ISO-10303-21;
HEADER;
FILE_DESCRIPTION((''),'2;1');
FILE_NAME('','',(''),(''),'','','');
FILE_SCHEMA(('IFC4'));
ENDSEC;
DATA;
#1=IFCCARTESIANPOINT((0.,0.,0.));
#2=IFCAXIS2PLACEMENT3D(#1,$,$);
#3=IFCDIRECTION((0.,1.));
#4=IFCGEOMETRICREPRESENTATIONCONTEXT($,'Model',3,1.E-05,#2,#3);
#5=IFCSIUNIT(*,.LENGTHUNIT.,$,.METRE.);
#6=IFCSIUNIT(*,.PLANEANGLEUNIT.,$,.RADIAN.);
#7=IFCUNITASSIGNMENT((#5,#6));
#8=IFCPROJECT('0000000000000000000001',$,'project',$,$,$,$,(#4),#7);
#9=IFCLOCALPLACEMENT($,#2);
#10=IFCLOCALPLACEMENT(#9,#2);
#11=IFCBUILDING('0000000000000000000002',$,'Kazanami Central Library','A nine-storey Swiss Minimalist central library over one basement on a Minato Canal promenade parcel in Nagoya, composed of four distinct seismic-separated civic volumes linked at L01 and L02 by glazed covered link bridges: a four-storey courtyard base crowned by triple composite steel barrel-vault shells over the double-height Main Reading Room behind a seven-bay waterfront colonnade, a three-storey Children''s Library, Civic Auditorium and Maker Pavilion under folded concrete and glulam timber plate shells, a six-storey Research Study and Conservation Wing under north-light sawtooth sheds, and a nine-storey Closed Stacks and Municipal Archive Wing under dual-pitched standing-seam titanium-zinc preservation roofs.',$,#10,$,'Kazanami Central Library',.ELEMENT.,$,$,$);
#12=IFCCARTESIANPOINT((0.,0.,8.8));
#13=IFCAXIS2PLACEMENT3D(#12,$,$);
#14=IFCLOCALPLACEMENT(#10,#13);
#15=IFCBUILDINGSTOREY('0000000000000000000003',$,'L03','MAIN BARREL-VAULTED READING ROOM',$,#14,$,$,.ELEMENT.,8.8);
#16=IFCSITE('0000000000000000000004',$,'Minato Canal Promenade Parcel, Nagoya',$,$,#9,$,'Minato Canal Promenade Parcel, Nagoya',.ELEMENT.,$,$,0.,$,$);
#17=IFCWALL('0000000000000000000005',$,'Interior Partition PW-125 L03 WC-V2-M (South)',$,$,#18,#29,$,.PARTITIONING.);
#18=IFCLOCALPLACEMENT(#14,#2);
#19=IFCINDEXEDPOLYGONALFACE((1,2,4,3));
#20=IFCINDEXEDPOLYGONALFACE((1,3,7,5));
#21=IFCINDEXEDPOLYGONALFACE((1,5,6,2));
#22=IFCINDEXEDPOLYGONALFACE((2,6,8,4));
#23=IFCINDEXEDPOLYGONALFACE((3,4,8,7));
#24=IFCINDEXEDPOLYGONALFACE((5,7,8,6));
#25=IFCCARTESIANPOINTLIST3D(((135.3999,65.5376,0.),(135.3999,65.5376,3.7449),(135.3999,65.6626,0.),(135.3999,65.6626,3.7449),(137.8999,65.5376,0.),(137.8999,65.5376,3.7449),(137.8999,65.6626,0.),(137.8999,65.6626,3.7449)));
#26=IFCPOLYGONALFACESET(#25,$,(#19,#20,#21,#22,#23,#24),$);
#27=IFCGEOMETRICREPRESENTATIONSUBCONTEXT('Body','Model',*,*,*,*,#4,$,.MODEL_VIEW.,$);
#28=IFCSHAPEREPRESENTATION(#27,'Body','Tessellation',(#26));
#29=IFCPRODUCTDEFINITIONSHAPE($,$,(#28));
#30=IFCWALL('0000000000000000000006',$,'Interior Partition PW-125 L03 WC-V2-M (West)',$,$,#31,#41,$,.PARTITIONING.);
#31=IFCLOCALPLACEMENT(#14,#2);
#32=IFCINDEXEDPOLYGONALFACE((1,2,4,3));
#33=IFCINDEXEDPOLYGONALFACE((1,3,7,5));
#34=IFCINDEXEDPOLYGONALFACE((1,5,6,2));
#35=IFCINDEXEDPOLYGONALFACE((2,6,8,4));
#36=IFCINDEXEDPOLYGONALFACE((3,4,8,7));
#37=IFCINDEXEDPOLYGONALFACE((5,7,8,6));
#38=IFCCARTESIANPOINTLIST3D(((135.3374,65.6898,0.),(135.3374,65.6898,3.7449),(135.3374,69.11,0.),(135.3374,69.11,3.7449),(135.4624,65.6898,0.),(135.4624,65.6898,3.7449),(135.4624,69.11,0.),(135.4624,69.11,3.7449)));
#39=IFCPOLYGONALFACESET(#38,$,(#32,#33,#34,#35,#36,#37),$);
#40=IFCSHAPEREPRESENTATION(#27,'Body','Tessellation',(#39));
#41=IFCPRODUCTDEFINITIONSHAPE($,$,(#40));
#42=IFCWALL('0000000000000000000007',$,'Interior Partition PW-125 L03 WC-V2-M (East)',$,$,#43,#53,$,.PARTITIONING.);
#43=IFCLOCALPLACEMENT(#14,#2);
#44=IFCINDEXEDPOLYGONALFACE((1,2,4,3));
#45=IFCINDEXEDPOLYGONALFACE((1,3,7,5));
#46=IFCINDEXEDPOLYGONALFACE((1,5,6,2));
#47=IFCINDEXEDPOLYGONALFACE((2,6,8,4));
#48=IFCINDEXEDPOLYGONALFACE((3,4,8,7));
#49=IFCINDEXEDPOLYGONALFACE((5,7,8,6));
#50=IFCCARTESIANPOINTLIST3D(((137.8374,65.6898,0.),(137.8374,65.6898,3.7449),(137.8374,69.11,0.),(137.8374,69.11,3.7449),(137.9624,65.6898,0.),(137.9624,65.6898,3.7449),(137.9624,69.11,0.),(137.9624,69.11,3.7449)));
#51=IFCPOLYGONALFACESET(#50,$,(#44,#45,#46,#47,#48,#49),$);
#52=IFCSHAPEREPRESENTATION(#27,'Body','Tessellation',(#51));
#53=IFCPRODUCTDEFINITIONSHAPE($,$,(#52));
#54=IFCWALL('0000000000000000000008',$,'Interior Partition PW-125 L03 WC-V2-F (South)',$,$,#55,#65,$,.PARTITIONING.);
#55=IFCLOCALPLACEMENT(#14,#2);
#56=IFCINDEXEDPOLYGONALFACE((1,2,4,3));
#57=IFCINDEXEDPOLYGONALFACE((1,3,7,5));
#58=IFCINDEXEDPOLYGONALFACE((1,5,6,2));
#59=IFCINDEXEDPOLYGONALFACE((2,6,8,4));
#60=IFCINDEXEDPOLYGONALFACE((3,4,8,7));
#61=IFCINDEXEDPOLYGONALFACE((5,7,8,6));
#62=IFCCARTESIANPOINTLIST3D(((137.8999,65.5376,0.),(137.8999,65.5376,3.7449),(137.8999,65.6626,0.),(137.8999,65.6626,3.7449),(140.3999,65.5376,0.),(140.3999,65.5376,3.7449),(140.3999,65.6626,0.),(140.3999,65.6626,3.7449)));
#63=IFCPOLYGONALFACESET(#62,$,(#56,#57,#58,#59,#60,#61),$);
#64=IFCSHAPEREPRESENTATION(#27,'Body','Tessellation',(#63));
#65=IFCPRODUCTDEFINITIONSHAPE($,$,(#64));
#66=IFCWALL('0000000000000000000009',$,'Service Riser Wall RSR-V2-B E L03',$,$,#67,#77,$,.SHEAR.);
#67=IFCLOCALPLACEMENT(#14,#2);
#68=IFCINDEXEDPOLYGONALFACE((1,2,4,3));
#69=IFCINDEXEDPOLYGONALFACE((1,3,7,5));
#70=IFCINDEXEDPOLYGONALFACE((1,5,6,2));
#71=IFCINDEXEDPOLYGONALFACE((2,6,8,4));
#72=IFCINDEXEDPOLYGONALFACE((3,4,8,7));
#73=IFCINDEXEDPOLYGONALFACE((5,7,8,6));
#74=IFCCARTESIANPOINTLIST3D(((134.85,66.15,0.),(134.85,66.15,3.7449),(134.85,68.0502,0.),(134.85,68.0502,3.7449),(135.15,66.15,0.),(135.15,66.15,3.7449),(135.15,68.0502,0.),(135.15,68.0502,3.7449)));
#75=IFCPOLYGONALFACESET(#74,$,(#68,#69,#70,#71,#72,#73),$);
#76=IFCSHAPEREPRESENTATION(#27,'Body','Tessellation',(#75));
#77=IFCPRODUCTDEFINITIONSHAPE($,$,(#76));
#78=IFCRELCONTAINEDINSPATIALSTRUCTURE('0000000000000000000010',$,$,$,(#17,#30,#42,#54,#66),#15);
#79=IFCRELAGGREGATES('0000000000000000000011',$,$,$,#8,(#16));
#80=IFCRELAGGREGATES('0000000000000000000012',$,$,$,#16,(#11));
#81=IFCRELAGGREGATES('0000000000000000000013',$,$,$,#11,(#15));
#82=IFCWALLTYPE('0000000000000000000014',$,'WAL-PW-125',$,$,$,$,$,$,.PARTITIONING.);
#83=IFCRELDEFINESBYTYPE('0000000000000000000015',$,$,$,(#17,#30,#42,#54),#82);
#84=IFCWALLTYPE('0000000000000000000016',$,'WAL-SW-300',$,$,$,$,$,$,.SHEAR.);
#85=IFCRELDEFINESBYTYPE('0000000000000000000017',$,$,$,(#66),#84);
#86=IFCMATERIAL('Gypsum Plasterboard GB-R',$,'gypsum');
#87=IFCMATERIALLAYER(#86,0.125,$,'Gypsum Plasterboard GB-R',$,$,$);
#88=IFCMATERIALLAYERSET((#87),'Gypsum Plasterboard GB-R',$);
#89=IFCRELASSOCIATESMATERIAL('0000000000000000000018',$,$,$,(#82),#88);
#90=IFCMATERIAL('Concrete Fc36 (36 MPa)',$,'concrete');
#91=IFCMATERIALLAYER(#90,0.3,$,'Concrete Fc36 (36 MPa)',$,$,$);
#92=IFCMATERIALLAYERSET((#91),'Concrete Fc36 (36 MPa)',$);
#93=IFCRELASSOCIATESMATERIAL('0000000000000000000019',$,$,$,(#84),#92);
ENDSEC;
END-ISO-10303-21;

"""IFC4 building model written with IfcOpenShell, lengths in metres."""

from ifc_helpers import new_model, si_unit, direction, frame, frame_2d, origin, place, context, subcontext, project, spatial, rectangle, extrude, material, layer, layer_set, type_object, element, save


model = new_model("IFC4")

# Units and contexts
model_context = context("Model", 3, precision=1e-05, world=origin(), true_north=direction((0.0, 1.0)))
body_context = subcontext(model_context, "Body", "Model", "MODEL_VIEW")
ifc_project = project(units=[si_unit("LENGTHUNIT", "METRE"), si_unit("PLANEANGLEUNIT", "RADIAN")], contexts=[model_context])

# Site, building, storey
site_placement = place(None, origin())
site = spatial("IfcSite", under=ifc_project, at=site_placement, Name="Minato Canal Promenade Parcel, Nagoya", LongName="Minato Canal Promenade Parcel, Nagoya", CompositionType="ELEMENT", RefElevation=0.0)
building_placement = place(site_placement, origin())
building = spatial("IfcBuilding", under=site, at=building_placement, Name="Kazanami Central Library", Description="A nine-storey Swiss Minimalist central library over one basement on a Minato Canal promenade parcel in Nagoya, composed of four distinct seismic-separated civic volumes linked at L01 and L02 by glazed covered link bridges: a four-storey courtyard base crowned by triple composite steel barrel-vault shells over the double-height Main Reading Room behind a seven-bay waterfront colonnade, a three-storey Children's Library, Civic Auditorium and Maker Pavilion under folded concrete and glulam timber plate shells, a six-storey Research Study and Conservation Wing under north-light sawtooth sheds, and a nine-storey Closed Stacks and Municipal Archive Wing under dual-pitched standing-seam titanium-zinc preservation roofs.", LongName="Kazanami Central Library", CompositionType="ELEMENT")
storey_placement = place(building_placement, frame((0.0, 0.0, 8.8)))
storey = spatial("IfcBuildingStorey", under=building, at=storey_placement, Name="L03", Description="MAIN BARREL-VAULTED READING ROOM", CompositionType="ELEMENT", Elevation=8.8)

# Walls
ifc_material_1 = material(Name="Gypsum Plasterboard GB-R", Category="gypsum")
ifc_layer_1 = layer(ifc_material_1, 0.125, Name="Gypsum Plasterboard GB-R")
ifc_layer_set_1 = layer_set([ifc_layer_1], Name="Gypsum Plasterboard GB-R")
wall_type_1 = type_object("IfcWallType", Name="WAL-PW-125", PredefinedType="PARTITIONING", material=ifc_layer_set_1)
wall_1_placement = place(storey_placement, frame((135.3999, 65.6001, 0.0), z_axis=(0.0, 0.0, 1.0), x_axis=(1.0, 0.0, 0.0)))
element("IfcWall", 1, at=wall_1_placement, inside=storey, type_object=wall_type_1, Name="Interior Partition PW-125 L03 WC-V2-M (South)", PredefinedType="PARTITIONING", context=body_context, shape_type="SweptSolid", body=[
    extrude(rectangle(XDim=2.5, YDim=0.125, at=frame_2d((1.25, 0.0))), origin(), (0.0, 0.0, 1.0), 3.7449),
])
for number, where, z_axis, x_axis, name in (
    (2, (135.3999, 65.6899, 0.0), (0.0, 0.0, 1.0), (0.0, 1.0, 0.0), "Interior Partition PW-125 L03 WC-V2-M (West)"),
    (3, (137.8999, 65.6899, 0.0), (0.0, 0.0, 1.0), (0.0, 1.0, 0.0), "Interior Partition PW-125 L03 WC-V2-M (East)"),
):
    element("IfcWall", number, at=place(storey_placement, frame(where, z_axis=z_axis, x_axis=x_axis)), inside=storey, type_object=wall_type_1, Name=name, PredefinedType="PARTITIONING", context=body_context, shape_type="SweptSolid", body=[
        extrude(rectangle(XDim=3.4202, YDim=0.125, at=frame_2d((1.71, 0.0))), origin(), (0.0, 0.0, 1.0), 3.7449),
    ])
wall_2_placement = place(storey_placement, frame((137.8999, 65.6001, 0.0), z_axis=(0.0, 0.0, 1.0), x_axis=(1.0, 0.0, 0.0)))
element("IfcWall", 4, at=wall_2_placement, inside=storey, type_object=wall_type_1, Name="Interior Partition PW-125 L03 WC-V2-F (South)", PredefinedType="PARTITIONING", context=body_context, shape_type="SweptSolid", body=[
    extrude(rectangle(XDim=2.5, YDim=0.125, at=frame_2d((1.25, 0.0))), origin(), (0.0, 0.0, 1.0), 3.7449),
])
ifc_material_2 = material(Name="Concrete Fc36 (36 MPa)", Category="concrete")
ifc_layer_2 = layer(ifc_material_2, 0.3, Name="Concrete Fc36 (36 MPa)")
ifc_layer_set_2 = layer_set([ifc_layer_2], Name="Concrete Fc36 (36 MPa)")
wall_type_2 = type_object("IfcWallType", Name="WAL-SW-300", PredefinedType="SHEAR", material=ifc_layer_set_2)
wall_3_placement = place(storey_placement, frame((135.0, 66.1499, 0.0), z_axis=(0.0, 0.0, 1.0), x_axis=(0.0, 1.0, 0.0)))
element("IfcWall", 5, at=wall_3_placement, inside=storey, type_object=wall_type_2, Name="Service Riser Wall RSR-V2-B E L03", PredefinedType="SHEAR", context=body_context, shape_type="SweptSolid", body=[
    extrude(rectangle(XDim=1.9001, YDim=0.3, at=frame_2d((0.9502, 0.0))), origin(), (0.0, 0.0, 1.0), 3.7449),
])

save(model, "model.ifc")
